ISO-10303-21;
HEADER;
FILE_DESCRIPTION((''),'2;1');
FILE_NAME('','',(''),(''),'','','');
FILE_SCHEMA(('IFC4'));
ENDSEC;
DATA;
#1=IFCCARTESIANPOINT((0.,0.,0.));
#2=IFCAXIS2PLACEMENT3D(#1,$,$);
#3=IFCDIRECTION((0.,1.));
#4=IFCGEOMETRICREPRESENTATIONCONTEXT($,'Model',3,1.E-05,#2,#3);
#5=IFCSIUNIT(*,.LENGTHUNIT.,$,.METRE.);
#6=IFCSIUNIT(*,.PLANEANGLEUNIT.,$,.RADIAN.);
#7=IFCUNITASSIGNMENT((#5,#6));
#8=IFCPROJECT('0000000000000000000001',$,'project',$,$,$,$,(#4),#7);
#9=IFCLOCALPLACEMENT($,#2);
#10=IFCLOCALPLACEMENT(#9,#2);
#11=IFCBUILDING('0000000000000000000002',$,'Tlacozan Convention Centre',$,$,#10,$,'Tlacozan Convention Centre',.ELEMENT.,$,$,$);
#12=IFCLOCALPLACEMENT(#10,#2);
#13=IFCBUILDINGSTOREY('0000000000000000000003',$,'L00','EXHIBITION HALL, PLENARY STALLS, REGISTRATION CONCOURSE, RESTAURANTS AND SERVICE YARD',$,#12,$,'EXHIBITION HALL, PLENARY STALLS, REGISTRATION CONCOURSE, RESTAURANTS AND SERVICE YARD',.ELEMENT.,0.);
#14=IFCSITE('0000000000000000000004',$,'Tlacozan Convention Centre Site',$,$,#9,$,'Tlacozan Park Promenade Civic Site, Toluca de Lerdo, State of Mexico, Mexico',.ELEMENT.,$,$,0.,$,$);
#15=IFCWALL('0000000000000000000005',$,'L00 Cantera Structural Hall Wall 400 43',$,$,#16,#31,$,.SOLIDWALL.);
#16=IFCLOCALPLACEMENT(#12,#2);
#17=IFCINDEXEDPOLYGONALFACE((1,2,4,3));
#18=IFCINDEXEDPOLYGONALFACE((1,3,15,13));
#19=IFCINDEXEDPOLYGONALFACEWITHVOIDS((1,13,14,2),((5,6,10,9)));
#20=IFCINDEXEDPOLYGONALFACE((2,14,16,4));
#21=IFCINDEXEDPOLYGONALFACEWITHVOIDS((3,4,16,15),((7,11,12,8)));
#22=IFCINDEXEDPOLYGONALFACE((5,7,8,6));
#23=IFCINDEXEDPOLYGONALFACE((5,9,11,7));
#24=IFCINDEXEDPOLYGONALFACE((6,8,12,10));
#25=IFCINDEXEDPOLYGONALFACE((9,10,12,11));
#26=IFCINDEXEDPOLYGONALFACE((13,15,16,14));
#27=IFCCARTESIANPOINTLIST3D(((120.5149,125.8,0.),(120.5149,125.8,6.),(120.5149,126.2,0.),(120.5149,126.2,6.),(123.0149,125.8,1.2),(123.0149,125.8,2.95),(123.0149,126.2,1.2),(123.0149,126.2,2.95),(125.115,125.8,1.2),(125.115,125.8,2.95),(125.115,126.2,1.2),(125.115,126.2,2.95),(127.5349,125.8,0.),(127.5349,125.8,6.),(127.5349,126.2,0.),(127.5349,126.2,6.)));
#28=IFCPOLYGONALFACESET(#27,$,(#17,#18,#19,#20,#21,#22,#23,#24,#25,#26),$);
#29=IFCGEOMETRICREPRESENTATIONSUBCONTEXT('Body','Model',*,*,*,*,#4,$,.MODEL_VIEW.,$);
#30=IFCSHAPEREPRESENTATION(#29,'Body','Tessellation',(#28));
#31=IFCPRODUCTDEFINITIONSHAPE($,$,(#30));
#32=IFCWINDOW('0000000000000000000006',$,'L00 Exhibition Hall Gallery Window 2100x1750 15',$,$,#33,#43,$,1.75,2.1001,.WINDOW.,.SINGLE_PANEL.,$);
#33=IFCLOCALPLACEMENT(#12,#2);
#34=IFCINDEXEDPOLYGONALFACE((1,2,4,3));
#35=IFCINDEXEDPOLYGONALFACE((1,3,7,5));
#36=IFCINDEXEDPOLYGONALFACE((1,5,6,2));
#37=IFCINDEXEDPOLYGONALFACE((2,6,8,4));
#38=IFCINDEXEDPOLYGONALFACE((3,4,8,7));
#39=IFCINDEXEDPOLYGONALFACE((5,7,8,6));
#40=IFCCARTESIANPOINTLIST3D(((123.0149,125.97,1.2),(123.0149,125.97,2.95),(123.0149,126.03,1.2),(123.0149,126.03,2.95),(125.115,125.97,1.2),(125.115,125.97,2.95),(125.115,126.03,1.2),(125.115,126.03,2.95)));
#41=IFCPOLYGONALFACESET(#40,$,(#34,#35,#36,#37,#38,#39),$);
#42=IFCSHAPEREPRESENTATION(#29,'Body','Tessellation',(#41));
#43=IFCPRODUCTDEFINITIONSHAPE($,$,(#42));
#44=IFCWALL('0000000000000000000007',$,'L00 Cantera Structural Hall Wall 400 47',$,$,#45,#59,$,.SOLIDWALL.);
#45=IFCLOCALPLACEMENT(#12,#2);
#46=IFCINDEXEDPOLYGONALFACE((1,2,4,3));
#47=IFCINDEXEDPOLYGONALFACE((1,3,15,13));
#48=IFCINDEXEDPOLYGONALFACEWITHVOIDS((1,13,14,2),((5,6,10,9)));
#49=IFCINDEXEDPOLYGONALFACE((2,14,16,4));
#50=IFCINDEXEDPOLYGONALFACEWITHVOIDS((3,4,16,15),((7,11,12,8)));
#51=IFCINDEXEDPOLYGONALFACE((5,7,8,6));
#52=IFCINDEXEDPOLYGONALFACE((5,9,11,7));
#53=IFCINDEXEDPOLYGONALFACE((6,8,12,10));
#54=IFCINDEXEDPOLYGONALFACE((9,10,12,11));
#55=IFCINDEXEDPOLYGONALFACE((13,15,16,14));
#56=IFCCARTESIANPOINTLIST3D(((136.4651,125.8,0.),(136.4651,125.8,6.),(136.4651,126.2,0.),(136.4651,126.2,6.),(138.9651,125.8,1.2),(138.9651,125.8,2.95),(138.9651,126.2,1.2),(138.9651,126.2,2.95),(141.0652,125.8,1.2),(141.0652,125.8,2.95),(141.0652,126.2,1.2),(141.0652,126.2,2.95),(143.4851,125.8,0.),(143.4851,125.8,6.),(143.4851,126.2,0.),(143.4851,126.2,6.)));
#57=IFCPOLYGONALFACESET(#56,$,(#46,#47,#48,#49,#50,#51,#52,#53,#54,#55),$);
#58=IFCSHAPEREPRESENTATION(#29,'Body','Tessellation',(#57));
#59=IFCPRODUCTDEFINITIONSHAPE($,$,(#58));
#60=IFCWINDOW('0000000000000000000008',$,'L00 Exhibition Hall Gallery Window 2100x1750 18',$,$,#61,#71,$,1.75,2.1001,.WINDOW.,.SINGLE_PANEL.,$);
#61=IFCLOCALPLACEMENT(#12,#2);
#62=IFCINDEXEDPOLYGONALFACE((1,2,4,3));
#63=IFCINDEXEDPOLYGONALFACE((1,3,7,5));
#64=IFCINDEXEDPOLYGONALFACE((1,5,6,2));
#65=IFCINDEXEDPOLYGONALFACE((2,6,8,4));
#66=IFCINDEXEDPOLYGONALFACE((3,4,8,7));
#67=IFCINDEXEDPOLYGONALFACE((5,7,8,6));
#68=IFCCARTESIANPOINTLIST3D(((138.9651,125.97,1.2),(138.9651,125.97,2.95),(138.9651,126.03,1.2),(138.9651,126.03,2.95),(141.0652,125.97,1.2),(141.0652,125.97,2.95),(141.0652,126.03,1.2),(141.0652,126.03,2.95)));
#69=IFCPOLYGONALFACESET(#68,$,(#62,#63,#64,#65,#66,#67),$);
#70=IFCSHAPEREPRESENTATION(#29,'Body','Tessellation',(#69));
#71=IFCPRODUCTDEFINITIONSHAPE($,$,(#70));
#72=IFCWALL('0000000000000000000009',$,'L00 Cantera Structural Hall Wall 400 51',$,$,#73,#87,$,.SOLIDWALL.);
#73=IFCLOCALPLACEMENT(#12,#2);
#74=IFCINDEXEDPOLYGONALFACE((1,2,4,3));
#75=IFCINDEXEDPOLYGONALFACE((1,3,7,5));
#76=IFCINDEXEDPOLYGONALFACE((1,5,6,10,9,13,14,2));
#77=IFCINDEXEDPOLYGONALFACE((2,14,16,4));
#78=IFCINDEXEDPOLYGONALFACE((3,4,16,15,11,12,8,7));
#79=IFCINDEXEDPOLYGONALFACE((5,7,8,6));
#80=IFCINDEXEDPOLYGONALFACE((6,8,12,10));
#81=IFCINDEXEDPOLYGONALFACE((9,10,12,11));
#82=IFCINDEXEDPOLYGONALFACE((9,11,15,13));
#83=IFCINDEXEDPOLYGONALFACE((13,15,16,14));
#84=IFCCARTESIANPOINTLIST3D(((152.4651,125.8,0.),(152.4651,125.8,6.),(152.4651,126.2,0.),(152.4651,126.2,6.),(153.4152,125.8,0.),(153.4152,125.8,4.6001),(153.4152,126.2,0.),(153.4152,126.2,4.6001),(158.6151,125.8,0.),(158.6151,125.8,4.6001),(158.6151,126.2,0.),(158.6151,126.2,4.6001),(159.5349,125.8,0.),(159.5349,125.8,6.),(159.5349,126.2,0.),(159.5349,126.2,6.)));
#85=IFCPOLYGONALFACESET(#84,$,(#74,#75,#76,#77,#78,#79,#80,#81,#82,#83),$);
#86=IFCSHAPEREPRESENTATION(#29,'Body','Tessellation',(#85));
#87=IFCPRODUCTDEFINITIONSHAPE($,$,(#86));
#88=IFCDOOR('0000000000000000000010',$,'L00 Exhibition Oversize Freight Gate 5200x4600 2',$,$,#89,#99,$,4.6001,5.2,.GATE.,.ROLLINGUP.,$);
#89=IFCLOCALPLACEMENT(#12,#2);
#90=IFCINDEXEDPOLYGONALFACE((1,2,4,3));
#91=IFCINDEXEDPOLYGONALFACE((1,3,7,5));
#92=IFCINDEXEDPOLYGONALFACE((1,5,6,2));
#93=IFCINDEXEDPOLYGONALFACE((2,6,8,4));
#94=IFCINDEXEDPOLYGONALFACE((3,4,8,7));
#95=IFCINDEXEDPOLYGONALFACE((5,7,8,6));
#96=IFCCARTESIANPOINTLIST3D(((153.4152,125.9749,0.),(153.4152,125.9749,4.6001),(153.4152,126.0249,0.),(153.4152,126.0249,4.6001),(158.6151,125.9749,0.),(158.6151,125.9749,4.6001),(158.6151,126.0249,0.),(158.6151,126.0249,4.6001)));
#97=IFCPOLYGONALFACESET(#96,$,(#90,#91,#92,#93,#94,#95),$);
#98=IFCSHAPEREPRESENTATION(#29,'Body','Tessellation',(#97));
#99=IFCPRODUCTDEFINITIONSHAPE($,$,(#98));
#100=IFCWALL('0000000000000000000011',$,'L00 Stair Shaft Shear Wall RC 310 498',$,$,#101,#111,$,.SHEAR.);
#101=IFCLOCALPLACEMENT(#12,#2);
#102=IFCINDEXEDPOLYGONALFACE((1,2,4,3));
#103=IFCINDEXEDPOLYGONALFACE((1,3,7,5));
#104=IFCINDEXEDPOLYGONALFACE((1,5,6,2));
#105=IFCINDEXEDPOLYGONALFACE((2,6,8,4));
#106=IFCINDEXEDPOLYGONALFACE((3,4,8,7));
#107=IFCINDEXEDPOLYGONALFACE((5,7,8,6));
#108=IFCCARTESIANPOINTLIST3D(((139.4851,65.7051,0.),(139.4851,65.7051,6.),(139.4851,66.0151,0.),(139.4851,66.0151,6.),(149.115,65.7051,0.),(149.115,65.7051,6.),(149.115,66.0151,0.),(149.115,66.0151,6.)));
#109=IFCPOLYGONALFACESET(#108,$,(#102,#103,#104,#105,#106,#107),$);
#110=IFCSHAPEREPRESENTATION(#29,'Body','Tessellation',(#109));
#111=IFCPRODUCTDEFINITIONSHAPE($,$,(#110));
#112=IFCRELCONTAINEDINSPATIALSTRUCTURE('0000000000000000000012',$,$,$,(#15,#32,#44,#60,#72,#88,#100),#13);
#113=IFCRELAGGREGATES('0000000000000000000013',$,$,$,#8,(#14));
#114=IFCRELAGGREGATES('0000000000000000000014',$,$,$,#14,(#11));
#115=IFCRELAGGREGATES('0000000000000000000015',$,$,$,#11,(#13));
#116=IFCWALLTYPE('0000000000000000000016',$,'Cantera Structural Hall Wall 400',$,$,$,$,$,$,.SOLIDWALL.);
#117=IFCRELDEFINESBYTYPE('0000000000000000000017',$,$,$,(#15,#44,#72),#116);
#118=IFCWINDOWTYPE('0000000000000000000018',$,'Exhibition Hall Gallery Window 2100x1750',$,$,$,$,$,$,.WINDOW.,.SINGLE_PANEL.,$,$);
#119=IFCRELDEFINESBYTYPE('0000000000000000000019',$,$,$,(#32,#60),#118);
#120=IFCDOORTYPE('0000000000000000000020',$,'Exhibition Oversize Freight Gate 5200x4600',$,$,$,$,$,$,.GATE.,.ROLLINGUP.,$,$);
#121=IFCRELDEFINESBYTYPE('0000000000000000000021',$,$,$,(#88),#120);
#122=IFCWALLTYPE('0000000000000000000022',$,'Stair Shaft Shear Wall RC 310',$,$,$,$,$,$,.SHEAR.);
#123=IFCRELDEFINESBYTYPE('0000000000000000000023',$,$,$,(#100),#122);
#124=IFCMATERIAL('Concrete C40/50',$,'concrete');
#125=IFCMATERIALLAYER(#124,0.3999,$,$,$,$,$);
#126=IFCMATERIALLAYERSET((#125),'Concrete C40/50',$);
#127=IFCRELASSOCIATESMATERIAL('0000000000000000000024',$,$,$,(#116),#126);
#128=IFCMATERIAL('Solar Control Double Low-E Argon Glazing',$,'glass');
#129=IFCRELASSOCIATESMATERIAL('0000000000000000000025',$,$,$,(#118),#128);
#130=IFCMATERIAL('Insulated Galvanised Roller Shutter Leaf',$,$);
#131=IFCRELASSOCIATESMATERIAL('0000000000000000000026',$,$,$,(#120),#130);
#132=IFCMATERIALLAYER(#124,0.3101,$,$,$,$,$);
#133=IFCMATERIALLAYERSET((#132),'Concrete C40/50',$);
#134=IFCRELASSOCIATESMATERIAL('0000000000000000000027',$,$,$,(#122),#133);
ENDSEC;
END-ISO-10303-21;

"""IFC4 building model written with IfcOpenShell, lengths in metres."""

from ifc_helpers import new_model, si_unit, direction, frame, frame_2d, origin, place, context, subcontext, project, spatial, rectangle, extrude, material, layer, layer_set, type_object, element, fill, save


model = new_model("IFC4")

# Units and contexts
model_context = context("Model", 3, precision=1e-05, world=origin(), true_north=direction((0.0, 1.0)))
body_context = subcontext(model_context, "Body", "Model", "MODEL_VIEW")
ifc_project = project(units=[si_unit("LENGTHUNIT", "METRE"), si_unit("PLANEANGLEUNIT", "RADIAN")], contexts=[model_context])

# Site, building, storey
site_placement = place(None, origin())
site = spatial("IfcSite", under=ifc_project, at=site_placement, Name="Tlacozan Convention Centre Site", LongName="Tlacozan Park Promenade Civic Site, Toluca de Lerdo, State of Mexico, Mexico", CompositionType="ELEMENT", RefElevation=0.0)
building_placement = place(site_placement, origin())
building = spatial("IfcBuilding", under=site, at=building_placement, Name="Tlacozan Convention Centre", LongName="Tlacozan Convention Centre", CompositionType="ELEMENT")
storey_placement = place(building_placement, origin())
storey = spatial("IfcBuildingStorey", under=building, at=storey_placement, Name="L00", Description="EXHIBITION HALL, PLENARY STALLS, REGISTRATION CONCOURSE, RESTAURANTS AND SERVICE YARD", LongName="EXHIBITION HALL, PLENARY STALLS, REGISTRATION CONCOURSE, RESTAURANTS AND SERVICE YARD", CompositionType="ELEMENT", Elevation=0.0)

# Shared definitions
ifc_material_1 = material(Name="Concrete C40/50", Category="concrete")

# Shared definitions
ifc_layer_1 = layer(ifc_material_1, 0.3999)
ifc_layer_set_1 = layer_set([ifc_layer_1], Name="Concrete C40/50")
wall_type_1 = type_object("IfcWallType", Name="Cantera Structural Hall Wall 400", PredefinedType="SOLIDWALL", material=ifc_layer_set_1)
ifc_material_2 = material(Name="Solar Control Double Low-E Argon Glazing", Category="glass")
window_type = type_object("IfcWindowType", Name="Exhibition Hall Gallery Window 2100x1750", PartitioningType="SINGLE_PANEL", PredefinedType="WINDOW", material=ifc_material_2)

# Wall, opening, window
wall_1_placement = place(storey_placement, frame((120.5149, 126.0, 0.0), z_axis=(0.0, 0.0, 1.0), x_axis=(1.0, 0.0, 0.0)))
wall_1 = element("IfcWall", 1, at=wall_1_placement, inside=storey, type_object=wall_type_1, Name="L00 Cantera Structural Hall Wall 400 43", PredefinedType="SOLIDWALL", context=body_context, shape_type="SweptSolid", body=[
    extrude(rectangle(XDim=7.02, YDim=0.3999, at=frame_2d((3.51, 0.0))), origin(), (0.0, 0.0, 1.0), 6.0),
])
opening_1_placement = place(wall_1_placement, frame((2.5, 0.0, 1.2)))
opening_1 = element("IfcOpeningElement", 2, at=opening_1_placement, cuts=wall_1, PredefinedType="OPENING", context=body_context, shape_type="SweptSolid", body=[
    extrude(rectangle(XDim=2.1001, YDim=1.75, at=frame_2d((1.05, 0.875))), frame((0.0, 0.21, 0.0), z_axis=(0.0, -1.0, 0.0), x_axis=(1.0, 0.0, 0.0)), (0.0, 0.0, 1.0), 0.4199),
])
window_1_placement = place(opening_1_placement, origin())
window_1 = element("IfcWindow", 3, at=window_1_placement, inside=storey, type_object=window_type, Name="L00 Exhibition Hall Gallery Window 2100x1750 15", OverallHeight=1.75, OverallWidth=2.1001, PartitioningType="SINGLE_PANEL", PredefinedType="WINDOW", context=body_context, shape_type="SweptSolid", body=[
    extrude(rectangle(XDim=2.1001, YDim=1.75, at=frame_2d((1.05, 0.875))), frame((0.0, 0.03, 0.0), z_axis=(0.0, -1.0, 0.0), x_axis=(1.0, 0.0, 0.0)), (0.0, 0.0, 1.0), 0.0601),
])
fill(opening_1, window_1)

# Wall, opening, window
wall_2_placement = place(storey_placement, frame((136.4651, 126.0, 0.0), z_axis=(0.0, 0.0, 1.0), x_axis=(1.0, 0.0, 0.0)))
wall_2 = element("IfcWall", 4, at=wall_2_placement, inside=storey, type_object=wall_type_1, Name="L00 Cantera Structural Hall Wall 400 47", PredefinedType="SOLIDWALL", context=body_context, shape_type="SweptSolid", body=[
    extrude(rectangle(XDim=7.02, YDim=0.3999, at=frame_2d((3.51, 0.0))), origin(), (0.0, 0.0, 1.0), 6.0),
])
opening_2_placement = place(wall_2_placement, frame((2.5, 0.0, 1.2)))
opening_2 = element("IfcOpeningElement", 5, at=opening_2_placement, cuts=wall_2, PredefinedType="OPENING", context=body_context, shape_type="SweptSolid", body=[
    extrude(rectangle(XDim=2.1001, YDim=1.75, at=frame_2d((1.05, 0.875))), frame((0.0, 0.21, 0.0), z_axis=(0.0, -1.0, 0.0), x_axis=(1.0, 0.0, 0.0)), (0.0, 0.0, 1.0), 0.4199),
])
window_2_placement = place(opening_2_placement, origin())
window_2 = element("IfcWindow", 6, at=window_2_placement, inside=storey, type_object=window_type, Name="L00 Exhibition Hall Gallery Window 2100x1750 18", OverallHeight=1.75, OverallWidth=2.1001, PartitioningType="SINGLE_PANEL", PredefinedType="WINDOW", context=body_context, shape_type="SweptSolid", body=[
    extrude(rectangle(XDim=2.1001, YDim=1.75, at=frame_2d((1.05, 0.875))), frame((0.0, 0.03, 0.0), z_axis=(0.0, -1.0, 0.0), x_axis=(1.0, 0.0, 0.0)), (0.0, 0.0, 1.0), 0.0601),
])
fill(opening_2, window_2)

# Wall, opening, door
wall_3_placement = place(storey_placement, frame((152.4651, 126.0, 0.0), z_axis=(0.0, 0.0, 1.0), x_axis=(1.0, 0.0, 0.0)))
wall_3 = element("IfcWall", 7, at=wall_3_placement, inside=storey, type_object=wall_type_1, Name="L00 Cantera Structural Hall Wall 400 51", PredefinedType="SOLIDWALL", context=body_context, shape_type="SweptSolid", body=[
    extrude(rectangle(XDim=7.0698, YDim=0.3999, at=frame_2d((3.5349, 0.0))), origin(), (0.0, 0.0, 1.0), 6.0),
])
opening_3_placement = place(wall_3_placement, frame((0.95, 0.0, 0.0)))
opening_3 = element("IfcOpeningElement", 8, at=opening_3_placement, cuts=wall_3, PredefinedType="OPENING", context=body_context, shape_type="SweptSolid", body=[
    extrude(rectangle(XDim=5.2, YDim=4.6001, at=frame_2d((2.6001, 2.3))), frame((0.0, 0.21, 0.0), z_axis=(0.0, -1.0, 0.0), x_axis=(1.0, 0.0, 0.0)), (0.0, 0.0, 1.0), 0.4199),
])
ifc_material_3 = material(Name="Insulated Galvanised Roller Shutter Leaf")
door_type_1 = type_object("IfcDoorType", Name="Exhibition Oversize Freight Gate 5200x4600", OperationType="ROLLINGUP", PredefinedType="GATE", material=ifc_material_3)
door_1_placement = place(opening_3_placement, origin())
door_1 = element("IfcDoor", 9, at=door_1_placement, inside=storey, type_object=door_type_1, Name="L00 Exhibition Oversize Freight Gate 5200x4600 2", OperationType="ROLLINGUP", OverallHeight=4.6001, OverallWidth=5.2, PredefinedType="GATE", context=body_context, shape_type="SweptSolid", body=[
    extrude(rectangle(XDim=5.2, YDim=4.6001, at=frame_2d((2.6001, 2.3))), frame((0.0, 0.0249, 0.0), z_axis=(0.0, -1.0, 0.0), x_axis=(1.0, 0.0, 0.0)), (0.0, 0.0, 1.0), 0.05),
])
fill(opening_3, door_1)

# Wall
ifc_layer_2 = layer(ifc_material_1, 0.3101)
ifc_layer_set_2 = layer_set([ifc_layer_2], Name="Concrete C40/50")
wall_type_2 = type_object("IfcWallType", Name="Stair Shaft Shear Wall RC 310", PredefinedType="SHEAR", material=ifc_layer_set_2)
wall_4_placement = place(storey_placement, frame((139.4851, 65.8601, 0.0), z_axis=(0.0, 0.0, 1.0), x_axis=(1.0, 0.0, 0.0)))
element("IfcWall", 10, at=wall_4_placement, inside=storey, type_object=wall_type_2, Name="L00 Stair Shaft Shear Wall RC 310 498", PredefinedType="SHEAR", context=body_context, shape_type="SweptSolid", body=[
    extrude(rectangle(XDim=9.6299, YDim=0.3101, at=frame_2d((4.8149, 0.0))), origin(), (0.0, 0.0, 1.0), 6.0),
])

save(model, "model.ifc")
